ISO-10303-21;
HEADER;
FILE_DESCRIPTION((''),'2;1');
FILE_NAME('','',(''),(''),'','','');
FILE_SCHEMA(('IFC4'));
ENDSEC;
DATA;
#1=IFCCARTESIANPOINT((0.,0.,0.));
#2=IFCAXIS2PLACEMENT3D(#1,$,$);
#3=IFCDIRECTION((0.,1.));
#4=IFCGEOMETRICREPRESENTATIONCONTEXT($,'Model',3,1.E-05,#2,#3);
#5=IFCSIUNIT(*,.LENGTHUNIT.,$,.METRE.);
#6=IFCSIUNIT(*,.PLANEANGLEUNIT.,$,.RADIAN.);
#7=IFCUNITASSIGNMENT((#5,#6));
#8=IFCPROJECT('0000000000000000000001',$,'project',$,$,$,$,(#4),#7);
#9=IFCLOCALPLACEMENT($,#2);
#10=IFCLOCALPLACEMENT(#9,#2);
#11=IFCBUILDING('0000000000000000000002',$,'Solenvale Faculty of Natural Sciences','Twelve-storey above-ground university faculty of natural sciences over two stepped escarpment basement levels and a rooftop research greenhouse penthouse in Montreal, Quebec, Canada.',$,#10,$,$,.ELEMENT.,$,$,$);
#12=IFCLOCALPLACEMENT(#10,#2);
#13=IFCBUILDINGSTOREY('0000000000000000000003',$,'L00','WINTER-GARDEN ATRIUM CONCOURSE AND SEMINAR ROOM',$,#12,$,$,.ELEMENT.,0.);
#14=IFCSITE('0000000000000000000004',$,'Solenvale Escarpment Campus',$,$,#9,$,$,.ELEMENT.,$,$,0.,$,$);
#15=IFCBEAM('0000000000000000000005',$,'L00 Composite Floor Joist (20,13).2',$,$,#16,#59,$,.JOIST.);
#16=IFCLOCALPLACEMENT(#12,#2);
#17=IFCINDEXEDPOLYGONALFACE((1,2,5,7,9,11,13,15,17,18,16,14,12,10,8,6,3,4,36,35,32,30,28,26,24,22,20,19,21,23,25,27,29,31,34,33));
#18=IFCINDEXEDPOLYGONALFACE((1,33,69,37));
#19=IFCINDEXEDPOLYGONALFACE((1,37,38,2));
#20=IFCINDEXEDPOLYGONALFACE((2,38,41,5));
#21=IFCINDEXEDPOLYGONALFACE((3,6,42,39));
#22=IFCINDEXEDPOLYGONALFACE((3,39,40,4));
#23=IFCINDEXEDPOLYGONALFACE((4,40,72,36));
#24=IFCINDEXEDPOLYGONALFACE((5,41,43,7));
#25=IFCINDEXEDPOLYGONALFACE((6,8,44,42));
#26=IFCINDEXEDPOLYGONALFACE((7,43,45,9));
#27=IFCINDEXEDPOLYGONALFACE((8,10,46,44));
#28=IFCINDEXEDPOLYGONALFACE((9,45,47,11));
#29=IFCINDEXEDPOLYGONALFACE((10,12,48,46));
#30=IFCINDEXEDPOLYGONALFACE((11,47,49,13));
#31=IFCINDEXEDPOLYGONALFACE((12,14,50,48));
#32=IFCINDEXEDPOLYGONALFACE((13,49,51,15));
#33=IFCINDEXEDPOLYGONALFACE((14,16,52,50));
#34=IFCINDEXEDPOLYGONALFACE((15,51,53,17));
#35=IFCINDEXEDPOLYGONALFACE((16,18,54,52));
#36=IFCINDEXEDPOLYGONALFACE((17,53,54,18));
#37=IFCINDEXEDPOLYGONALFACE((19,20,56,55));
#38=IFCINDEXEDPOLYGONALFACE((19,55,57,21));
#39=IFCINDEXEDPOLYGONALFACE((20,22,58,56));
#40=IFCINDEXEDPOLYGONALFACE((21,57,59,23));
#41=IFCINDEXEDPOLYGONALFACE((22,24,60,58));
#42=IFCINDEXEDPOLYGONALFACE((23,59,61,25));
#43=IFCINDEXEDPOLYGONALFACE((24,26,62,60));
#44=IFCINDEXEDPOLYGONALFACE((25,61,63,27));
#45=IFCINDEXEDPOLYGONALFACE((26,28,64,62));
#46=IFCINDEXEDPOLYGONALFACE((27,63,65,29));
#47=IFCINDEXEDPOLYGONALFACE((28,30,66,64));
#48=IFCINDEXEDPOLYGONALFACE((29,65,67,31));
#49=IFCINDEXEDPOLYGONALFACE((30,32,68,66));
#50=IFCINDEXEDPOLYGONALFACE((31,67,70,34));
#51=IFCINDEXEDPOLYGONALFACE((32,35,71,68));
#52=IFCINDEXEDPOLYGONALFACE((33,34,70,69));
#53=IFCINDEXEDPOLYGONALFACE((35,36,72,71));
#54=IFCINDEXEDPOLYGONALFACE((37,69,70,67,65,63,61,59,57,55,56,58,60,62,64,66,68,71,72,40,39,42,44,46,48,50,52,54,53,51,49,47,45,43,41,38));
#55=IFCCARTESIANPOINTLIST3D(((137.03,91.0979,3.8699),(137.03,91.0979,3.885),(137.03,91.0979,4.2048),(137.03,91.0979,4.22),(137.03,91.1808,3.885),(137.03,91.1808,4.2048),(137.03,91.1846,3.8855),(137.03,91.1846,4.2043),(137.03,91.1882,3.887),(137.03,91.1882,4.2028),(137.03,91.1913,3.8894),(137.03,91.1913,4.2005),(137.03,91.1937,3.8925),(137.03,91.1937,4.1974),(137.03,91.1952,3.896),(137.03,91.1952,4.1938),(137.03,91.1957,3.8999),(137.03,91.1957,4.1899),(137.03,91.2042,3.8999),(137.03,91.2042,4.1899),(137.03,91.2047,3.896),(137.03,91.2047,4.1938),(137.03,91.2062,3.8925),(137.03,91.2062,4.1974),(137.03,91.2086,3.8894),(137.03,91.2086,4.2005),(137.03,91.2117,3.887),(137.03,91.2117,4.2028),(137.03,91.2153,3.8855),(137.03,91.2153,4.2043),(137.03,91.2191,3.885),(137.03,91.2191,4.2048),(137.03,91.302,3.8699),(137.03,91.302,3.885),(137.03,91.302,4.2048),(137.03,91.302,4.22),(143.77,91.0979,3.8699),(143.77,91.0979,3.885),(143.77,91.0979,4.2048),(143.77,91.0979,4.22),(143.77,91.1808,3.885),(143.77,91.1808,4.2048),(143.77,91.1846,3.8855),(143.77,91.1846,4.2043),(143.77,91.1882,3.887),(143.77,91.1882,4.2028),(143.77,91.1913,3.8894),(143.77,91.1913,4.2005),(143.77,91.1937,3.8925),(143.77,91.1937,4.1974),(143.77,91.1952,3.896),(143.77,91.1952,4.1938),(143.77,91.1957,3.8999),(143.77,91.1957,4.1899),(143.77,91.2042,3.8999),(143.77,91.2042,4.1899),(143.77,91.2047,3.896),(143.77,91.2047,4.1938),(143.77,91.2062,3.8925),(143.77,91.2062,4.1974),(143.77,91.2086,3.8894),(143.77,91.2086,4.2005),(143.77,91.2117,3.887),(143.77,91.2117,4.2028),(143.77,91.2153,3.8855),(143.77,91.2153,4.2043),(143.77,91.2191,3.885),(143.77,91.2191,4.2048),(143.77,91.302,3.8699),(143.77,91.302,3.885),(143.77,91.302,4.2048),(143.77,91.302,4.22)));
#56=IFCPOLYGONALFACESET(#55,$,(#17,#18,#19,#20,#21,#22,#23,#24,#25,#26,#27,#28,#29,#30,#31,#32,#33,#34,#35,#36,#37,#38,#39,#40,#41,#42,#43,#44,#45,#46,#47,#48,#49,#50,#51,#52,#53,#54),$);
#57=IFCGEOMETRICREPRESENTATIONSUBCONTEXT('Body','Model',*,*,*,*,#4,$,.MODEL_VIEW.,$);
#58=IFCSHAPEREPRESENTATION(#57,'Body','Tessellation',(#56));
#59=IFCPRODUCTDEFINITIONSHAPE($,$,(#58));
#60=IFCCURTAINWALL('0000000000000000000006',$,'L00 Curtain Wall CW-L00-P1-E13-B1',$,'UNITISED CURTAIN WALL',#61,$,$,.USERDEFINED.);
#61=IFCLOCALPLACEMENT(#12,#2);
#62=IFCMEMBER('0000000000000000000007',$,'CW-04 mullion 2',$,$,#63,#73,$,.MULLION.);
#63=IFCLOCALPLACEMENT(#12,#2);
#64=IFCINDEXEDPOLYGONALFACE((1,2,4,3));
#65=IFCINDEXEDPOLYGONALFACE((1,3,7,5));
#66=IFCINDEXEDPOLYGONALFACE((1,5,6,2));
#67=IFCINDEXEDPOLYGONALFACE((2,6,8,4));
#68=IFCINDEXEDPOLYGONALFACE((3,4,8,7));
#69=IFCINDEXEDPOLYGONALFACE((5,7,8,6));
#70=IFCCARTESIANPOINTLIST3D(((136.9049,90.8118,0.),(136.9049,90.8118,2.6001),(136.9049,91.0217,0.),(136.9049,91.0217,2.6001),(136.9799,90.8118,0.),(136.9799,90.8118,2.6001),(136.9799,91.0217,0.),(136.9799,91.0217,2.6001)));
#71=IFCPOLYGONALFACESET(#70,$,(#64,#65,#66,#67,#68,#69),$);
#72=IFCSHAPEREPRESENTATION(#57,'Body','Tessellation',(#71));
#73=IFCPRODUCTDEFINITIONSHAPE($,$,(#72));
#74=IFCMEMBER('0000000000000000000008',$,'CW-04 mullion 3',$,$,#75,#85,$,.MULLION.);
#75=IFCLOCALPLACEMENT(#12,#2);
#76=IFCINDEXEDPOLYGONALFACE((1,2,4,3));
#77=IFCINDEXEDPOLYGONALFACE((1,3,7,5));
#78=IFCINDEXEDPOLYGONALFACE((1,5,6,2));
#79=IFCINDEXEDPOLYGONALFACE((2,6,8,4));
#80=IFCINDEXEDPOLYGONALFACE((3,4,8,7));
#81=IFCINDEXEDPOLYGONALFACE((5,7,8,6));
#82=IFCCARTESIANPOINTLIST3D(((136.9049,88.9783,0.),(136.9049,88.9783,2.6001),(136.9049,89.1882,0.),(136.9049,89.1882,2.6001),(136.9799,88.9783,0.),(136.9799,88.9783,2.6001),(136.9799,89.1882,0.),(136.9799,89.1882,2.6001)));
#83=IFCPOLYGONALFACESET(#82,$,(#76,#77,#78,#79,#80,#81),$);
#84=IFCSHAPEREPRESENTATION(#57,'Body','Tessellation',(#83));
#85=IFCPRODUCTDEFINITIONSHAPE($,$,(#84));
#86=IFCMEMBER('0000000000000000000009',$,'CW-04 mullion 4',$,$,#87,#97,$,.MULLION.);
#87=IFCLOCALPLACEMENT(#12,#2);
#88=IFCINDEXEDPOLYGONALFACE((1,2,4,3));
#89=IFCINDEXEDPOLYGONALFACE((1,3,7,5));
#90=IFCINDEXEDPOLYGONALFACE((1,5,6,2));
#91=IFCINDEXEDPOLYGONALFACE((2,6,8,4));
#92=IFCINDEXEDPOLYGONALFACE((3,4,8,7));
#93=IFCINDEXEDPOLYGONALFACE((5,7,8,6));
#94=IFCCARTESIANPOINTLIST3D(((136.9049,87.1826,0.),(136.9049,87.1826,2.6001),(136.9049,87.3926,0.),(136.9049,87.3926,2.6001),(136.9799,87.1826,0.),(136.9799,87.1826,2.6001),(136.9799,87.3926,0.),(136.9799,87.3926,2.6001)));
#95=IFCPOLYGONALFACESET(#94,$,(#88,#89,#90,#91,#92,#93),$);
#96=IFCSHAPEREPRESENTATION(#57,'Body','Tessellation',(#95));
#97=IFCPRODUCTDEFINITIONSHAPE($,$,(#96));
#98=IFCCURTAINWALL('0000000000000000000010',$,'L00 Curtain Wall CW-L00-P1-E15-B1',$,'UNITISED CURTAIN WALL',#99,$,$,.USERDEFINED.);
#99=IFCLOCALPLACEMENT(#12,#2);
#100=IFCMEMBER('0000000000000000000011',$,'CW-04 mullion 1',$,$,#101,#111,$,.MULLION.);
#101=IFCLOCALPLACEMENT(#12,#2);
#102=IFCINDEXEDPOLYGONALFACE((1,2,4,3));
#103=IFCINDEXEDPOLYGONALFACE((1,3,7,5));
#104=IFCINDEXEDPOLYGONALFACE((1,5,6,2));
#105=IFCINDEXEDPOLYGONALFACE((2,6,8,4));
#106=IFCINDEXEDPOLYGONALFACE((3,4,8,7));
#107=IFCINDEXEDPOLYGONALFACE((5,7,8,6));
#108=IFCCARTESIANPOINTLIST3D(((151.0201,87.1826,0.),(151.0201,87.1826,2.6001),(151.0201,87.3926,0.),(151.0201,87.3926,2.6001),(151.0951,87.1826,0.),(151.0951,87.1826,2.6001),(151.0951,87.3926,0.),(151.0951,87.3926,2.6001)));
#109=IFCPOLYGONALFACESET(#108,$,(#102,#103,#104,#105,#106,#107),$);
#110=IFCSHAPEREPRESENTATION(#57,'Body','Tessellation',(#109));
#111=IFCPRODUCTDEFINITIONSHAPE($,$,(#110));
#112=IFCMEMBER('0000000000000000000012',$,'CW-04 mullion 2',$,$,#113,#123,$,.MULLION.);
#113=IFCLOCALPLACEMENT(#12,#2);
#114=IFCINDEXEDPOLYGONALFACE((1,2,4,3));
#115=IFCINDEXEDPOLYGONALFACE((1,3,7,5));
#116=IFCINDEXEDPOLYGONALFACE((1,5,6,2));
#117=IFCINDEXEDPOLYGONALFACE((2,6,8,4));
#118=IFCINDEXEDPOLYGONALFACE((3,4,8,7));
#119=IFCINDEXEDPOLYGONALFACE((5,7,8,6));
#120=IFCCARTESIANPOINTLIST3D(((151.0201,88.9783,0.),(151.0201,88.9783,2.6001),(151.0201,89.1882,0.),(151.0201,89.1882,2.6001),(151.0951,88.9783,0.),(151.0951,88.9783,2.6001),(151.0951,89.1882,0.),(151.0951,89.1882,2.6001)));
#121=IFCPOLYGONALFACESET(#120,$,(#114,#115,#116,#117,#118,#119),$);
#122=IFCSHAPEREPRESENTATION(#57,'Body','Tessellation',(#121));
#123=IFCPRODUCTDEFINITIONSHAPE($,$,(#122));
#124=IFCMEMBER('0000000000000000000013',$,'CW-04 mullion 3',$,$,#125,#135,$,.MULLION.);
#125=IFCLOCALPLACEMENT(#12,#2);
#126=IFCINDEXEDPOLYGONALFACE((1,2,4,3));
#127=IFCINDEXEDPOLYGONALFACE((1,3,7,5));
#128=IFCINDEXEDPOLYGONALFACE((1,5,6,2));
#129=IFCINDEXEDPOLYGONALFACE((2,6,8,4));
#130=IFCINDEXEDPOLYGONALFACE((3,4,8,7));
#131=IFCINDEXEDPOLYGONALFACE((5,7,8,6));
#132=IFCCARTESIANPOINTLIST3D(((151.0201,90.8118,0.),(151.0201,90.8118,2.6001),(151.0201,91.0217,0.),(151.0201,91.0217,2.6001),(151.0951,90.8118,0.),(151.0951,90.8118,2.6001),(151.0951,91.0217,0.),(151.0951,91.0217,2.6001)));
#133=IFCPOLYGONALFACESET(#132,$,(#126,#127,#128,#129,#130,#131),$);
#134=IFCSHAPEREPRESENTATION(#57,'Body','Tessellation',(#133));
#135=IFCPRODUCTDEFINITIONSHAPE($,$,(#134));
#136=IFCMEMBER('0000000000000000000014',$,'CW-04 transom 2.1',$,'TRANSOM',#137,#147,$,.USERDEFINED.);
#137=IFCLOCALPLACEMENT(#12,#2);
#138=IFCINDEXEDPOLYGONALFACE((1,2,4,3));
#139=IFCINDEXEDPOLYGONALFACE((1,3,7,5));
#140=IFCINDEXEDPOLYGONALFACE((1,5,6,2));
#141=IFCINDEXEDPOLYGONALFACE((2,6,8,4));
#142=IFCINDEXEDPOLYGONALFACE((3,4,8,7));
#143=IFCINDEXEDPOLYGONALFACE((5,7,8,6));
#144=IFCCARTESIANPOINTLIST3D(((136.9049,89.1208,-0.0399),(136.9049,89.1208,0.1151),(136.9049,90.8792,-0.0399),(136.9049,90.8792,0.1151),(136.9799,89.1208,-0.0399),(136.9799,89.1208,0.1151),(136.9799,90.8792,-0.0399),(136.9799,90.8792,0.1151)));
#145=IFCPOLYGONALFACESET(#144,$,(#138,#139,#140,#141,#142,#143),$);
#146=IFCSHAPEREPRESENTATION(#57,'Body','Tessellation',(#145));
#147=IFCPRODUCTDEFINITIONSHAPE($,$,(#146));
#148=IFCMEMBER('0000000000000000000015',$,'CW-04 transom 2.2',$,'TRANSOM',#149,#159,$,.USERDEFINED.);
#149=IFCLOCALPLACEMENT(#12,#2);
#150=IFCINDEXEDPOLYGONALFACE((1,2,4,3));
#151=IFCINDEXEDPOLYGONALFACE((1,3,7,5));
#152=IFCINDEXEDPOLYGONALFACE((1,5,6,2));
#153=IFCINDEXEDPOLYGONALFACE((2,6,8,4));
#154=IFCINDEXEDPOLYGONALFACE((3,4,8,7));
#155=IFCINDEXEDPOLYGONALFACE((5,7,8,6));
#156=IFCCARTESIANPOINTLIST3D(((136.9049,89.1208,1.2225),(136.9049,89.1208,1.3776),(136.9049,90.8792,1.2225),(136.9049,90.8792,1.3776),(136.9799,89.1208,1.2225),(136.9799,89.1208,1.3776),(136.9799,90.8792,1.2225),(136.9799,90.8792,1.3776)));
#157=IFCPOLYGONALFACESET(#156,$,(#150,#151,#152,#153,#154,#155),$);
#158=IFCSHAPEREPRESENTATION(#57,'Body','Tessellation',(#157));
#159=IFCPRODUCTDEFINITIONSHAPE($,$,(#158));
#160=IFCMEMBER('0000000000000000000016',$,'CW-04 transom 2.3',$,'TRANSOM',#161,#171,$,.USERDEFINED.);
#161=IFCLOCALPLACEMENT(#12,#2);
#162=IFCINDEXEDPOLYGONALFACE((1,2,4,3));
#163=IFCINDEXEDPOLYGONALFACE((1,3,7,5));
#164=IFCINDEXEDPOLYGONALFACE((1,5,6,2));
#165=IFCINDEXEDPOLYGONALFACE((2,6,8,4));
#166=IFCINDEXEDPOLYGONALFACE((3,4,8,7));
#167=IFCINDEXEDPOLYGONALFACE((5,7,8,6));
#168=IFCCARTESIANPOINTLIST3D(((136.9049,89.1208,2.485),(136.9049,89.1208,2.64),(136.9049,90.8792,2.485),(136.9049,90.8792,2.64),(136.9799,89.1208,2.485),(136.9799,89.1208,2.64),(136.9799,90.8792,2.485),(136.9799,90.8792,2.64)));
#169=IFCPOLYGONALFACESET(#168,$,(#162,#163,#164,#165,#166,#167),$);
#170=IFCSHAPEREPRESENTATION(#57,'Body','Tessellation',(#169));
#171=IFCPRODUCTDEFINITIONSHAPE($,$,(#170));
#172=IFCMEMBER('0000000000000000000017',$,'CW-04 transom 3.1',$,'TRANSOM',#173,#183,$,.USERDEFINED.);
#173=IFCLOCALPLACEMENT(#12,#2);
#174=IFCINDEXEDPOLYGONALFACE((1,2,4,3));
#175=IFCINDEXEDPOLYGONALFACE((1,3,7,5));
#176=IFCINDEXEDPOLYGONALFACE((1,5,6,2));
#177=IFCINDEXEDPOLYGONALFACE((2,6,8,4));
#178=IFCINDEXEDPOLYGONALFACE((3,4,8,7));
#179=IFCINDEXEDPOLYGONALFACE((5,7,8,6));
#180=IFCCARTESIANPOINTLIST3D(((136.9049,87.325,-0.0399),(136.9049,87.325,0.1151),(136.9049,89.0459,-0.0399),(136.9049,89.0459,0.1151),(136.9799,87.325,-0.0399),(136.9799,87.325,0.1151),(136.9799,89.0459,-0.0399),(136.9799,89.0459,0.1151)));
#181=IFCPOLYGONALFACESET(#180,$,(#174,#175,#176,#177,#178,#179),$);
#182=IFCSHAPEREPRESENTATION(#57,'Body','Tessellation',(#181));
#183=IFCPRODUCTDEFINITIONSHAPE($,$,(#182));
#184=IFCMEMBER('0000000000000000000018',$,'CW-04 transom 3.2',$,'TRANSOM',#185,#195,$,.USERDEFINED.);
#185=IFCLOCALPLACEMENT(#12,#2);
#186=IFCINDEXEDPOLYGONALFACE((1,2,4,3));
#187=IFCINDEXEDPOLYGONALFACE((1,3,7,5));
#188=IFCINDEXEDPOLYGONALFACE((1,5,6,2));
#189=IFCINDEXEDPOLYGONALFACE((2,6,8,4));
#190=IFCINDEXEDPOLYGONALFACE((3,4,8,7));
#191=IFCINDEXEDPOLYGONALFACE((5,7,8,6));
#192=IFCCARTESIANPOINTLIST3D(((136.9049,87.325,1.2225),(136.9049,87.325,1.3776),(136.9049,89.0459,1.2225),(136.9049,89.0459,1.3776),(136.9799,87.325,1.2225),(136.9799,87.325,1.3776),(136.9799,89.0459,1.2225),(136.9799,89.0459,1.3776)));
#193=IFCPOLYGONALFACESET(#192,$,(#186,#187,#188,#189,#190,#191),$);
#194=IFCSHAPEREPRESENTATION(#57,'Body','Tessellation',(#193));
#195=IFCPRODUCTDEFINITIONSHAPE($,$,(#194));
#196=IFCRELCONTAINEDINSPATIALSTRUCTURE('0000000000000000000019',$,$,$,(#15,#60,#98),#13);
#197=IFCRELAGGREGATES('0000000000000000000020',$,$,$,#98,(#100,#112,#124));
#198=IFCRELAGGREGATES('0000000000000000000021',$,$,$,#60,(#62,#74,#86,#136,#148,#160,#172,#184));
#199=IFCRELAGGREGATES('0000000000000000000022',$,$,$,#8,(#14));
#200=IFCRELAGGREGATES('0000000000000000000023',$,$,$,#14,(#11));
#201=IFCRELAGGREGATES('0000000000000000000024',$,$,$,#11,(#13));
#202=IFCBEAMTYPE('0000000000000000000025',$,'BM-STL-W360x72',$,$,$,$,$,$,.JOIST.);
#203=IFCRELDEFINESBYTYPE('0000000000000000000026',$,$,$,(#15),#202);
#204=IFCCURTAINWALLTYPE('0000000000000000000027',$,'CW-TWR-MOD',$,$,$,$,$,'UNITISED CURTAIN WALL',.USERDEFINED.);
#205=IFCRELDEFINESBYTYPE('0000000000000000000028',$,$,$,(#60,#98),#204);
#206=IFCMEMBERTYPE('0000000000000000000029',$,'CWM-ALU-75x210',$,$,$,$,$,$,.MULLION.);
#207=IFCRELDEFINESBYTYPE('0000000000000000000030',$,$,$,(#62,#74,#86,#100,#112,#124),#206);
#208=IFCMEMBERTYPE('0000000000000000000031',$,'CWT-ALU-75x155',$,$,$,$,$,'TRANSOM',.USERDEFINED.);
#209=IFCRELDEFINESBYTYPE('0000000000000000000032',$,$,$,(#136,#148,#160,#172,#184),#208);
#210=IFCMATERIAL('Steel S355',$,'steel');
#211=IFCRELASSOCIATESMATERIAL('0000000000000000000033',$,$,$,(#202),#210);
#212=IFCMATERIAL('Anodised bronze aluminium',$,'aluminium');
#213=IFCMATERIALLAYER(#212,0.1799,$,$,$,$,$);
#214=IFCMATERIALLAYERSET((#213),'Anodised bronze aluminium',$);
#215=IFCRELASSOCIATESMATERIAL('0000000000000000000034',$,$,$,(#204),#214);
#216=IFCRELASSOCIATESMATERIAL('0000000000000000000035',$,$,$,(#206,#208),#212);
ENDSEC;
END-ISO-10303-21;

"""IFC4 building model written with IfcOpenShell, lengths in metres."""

from ifc_helpers import new_model, si_unit, direction, frame, origin, origin_2d, place, context, subcontext, project, spatial, rectangle, i_section, extrude, material, layer, layer_set, material_profile, profile_set, type_object, element, aggregate, save


model = new_model("IFC4")

# Units and contexts
model_context = context("Model", 3, precision=1e-05, world=origin(), true_north=direction((0.0, 1.0)))
body_context = subcontext(model_context, "Body", "Model", "MODEL_VIEW")
ifc_project = project(units=[si_unit("LENGTHUNIT", "METRE"), si_unit("PLANEANGLEUNIT", "RADIAN")], contexts=[model_context])

# Site, building, storey
site_placement = place(None, origin())
site = spatial("IfcSite", under=ifc_project, at=site_placement, Name="Solenvale Escarpment Campus", CompositionType="ELEMENT", RefElevation=0.0)
building_placement = place(site_placement, origin())
building = spatial("IfcBuilding", under=site, at=building_placement, Name="Solenvale Faculty of Natural Sciences", Description="Twelve-storey above-ground university faculty of natural sciences over two stepped escarpment basement levels and a rooftop research greenhouse penthouse in Montreal, Quebec, Canada.", CompositionType="ELEMENT")
storey_placement = place(building_placement, origin())
storey = spatial("IfcBuildingStorey", under=building, at=storey_placement, Name="L00", Description="WINTER-GARDEN ATRIUM CONCOURSE AND SEMINAR ROOM", CompositionType="ELEMENT", Elevation=0.0)

# Beam
ifc_material_1 = material(Name="Steel S355", Category="steel")
ifc_material_profile_1 = material_profile(ifc_material_1, i_section(OverallWidth=0.2041, OverallDepth=0.3501, WebThickness=0.0085, FlangeThickness=0.0151, FilletRadius=0.0149, at=origin_2d()), Name="W360x72")
ifc_profile_set_1 = profile_set([ifc_material_profile_1], Name="Steel S355")
beam_type_1 = type_object("IfcBeamType", Name="BM-STL-W360x72", PredefinedType="JOIST", material=ifc_profile_set_1)
for number, where, z_axis, x_axis, name in (
    (1, (137.03, 91.2, 4.0449), (1.0, 0.0, 0.0), (0.0, 1.0, 0.0), "L00 Composite Floor Joist (20,13).2"),
):
    element("IfcBeam", number, at=place(storey_placement, frame(where, z_axis=z_axis, x_axis=x_axis)), inside=storey, type_object=beam_type_1, Name=name, PredefinedType="JOIST", context=body_context, shape_type="SweptSolid", body=[
        extrude(i_section(OverallWidth=0.2041, OverallDepth=0.3501, WebThickness=0.0085, FlangeThickness=0.0151, FilletRadius=0.0149, at=origin_2d()), origin(), (0.0, 0.0, 1.0), 6.74),
    ])

# Curtain walls, members
ifc_material_2 = material(Name="Anodised bronze aluminium", Category="aluminium")
ifc_layer_1 = layer(ifc_material_2, 0.1799)
ifc_layer_set_1 = layer_set([ifc_layer_1], Name="Anodised bronze aluminium")
curtain_wall_type = type_object("IfcCurtainWallType", Name="CW-TWR-MOD", ElementType="UNITISED CURTAIN WALL", PredefinedType="USERDEFINED", material=ifc_layer_set_1)
curtain_wall_1_placement = place(storey_placement, origin())
curtain_wall_1 = element("IfcCurtainWall", 2, at=curtain_wall_1_placement, inside=storey, type_object=curtain_wall_type, Name="L00 Curtain Wall CW-L00-P1-E13-B1", ObjectType="UNITISED CURTAIN WALL", PredefinedType="USERDEFINED")
ifc_material_profile_2 = material_profile(ifc_material_2, rectangle(XDim=0.075, YDim=0.21, at=origin_2d()), Name="ALU-MUL-75x210")
ifc_profile_set_2 = profile_set([ifc_material_profile_2], Name="Anodised bronze aluminium")
member_type_1 = type_object("IfcMemberType", Name="CWM-ALU-75x210", PredefinedType="MULLION", material=ifc_profile_set_2)
member_1_placement = place(storey_placement, frame((136.9424, 90.9167, 0.0), z_axis=(0.0, 0.0, 1.0), x_axis=(1.0, 0.0, 0.0)))
member_1 = element("IfcMember", 3, at=member_1_placement, type_object=member_type_1, Name="CW-04 mullion 2", PredefinedType="MULLION", context=body_context, shape_type="SweptSolid", body=[
    extrude(rectangle(XDim=0.075, YDim=0.21, at=origin_2d()), origin(), (0.0, 0.0, 1.0), 2.6001),
])
member_2_placement = place(storey_placement, frame((136.9424, 89.0833, 0.0), z_axis=(0.0, 0.0, 1.0), x_axis=(1.0, 0.0, 0.0)))
member_2 = element("IfcMember", 4, at=member_2_placement, type_object=member_type_1, Name="CW-04 mullion 3", PredefinedType="MULLION", context=body_context, shape_type="SweptSolid", body=[
    extrude(rectangle(XDim=0.075, YDim=0.21, at=origin_2d()), origin(), (0.0, 0.0, 1.0), 2.6001),
])
member_3_placement = place(storey_placement, frame((136.9424, 87.2876, 0.0), z_axis=(0.0, 0.0, 1.0), x_axis=(1.0, 0.0, 0.0)))
member_3 = element("IfcMember", 5, at=member_3_placement, type_object=member_type_1, Name="CW-04 mullion 4", PredefinedType="MULLION", context=body_context, shape_type="SweptSolid", body=[
    extrude(rectangle(XDim=0.075, YDim=0.21, at=origin_2d()), origin(), (0.0, 0.0, 1.0), 2.6001),
])
curtain_wall_2_placement = place(storey_placement, origin())
curtain_wall_2 = element("IfcCurtainWall", 6, at=curtain_wall_2_placement, inside=storey, type_object=curtain_wall_type, Name="L00 Curtain Wall CW-L00-P1-E15-B1", ObjectType="UNITISED CURTAIN WALL", PredefinedType="USERDEFINED")
member_4_placement = place(storey_placement, frame((151.0576, 87.2876, 0.0), z_axis=(0.0, 0.0, 1.0), x_axis=(-1.0, 0.0, 0.0)))
member_4 = element("IfcMember", 7, at=member_4_placement, type_object=member_type_1, Name="CW-04 mullion 1", PredefinedType="MULLION", context=body_context, shape_type="SweptSolid", body=[
    extrude(rectangle(XDim=0.075, YDim=0.21, at=origin_2d()), origin(), (0.0, 0.0, 1.0), 2.6001),
])
member_5_placement = place(storey_placement, frame((151.0576, 89.0833, 0.0), z_axis=(0.0, 0.0, 1.0), x_axis=(-1.0, 0.0, 0.0)))
member_5 = element("IfcMember", 8, at=member_5_placement, type_object=member_type_1, Name="CW-04 mullion 2", PredefinedType="MULLION", context=body_context, shape_type="SweptSolid", body=[
    extrude(rectangle(XDim=0.075, YDim=0.21, at=origin_2d()), origin(), (0.0, 0.0, 1.0), 2.6001),
])
member_6_placement = place(storey_placement, frame((151.0576, 90.9167, 0.0), z_axis=(0.0, 0.0, 1.0), x_axis=(-1.0, 0.0, 0.0)))
member_6 = element("IfcMember", 9, at=member_6_placement, type_object=member_type_1, Name="CW-04 mullion 3", PredefinedType="MULLION", context=body_context, shape_type="SweptSolid", body=[
    extrude(rectangle(XDim=0.075, YDim=0.21, at=origin_2d()), origin(), (0.0, 0.0, 1.0), 2.6001),
])

# Members
ifc_material_profile_3 = material_profile(ifc_material_2, rectangle(XDim=0.075, YDim=0.155, at=origin_2d()), Name="ALU-TRN-75x155")
ifc_profile_set_3 = profile_set([ifc_material_profile_3], Name="Anodised bronze aluminium")
member_type_2 = type_object("IfcMemberType", Name="CWT-ALU-75x155", ElementType="TRANSOM", PredefinedType="USERDEFINED", material=ifc_profile_set_3)
member_7_placement = place(storey_placement, frame((136.9424, 90.8792, 0.0376), z_axis=(0.0, -1.0, 0.0), x_axis=(1.0, 0.0, 0.0)))
member_7 = element("IfcMember", 10, at=member_7_placement, type_object=member_type_2, Name="CW-04 transom 2.1", ObjectType="TRANSOM", PredefinedType="USERDEFINED", context=body_context, shape_type="SweptSolid", body=[
    extrude(rectangle(XDim=0.075, YDim=0.155, at=origin_2d()), origin(), (0.0, 0.0, 1.0), 1.7583),
])
member_8_placement = place(storey_placement, frame((136.9424, 90.8792, 1.3), z_axis=(0.0, -1.0, 0.0), x_axis=(1.0, 0.0, 0.0)))
member_8 = element("IfcMember", 11, at=member_8_placement, type_object=member_type_2, Name="CW-04 transom 2.2", ObjectType="TRANSOM", PredefinedType="USERDEFINED", context=body_context, shape_type="SweptSolid", body=[
    extrude(rectangle(XDim=0.075, YDim=0.155, at=origin_2d()), origin(), (0.0, 0.0, 1.0), 1.7583),
])
member_9_placement = place(storey_placement, frame((136.9424, 90.8792, 2.5625), z_axis=(0.0, -1.0, 0.0), x_axis=(1.0, 0.0, 0.0)))
member_9 = element("IfcMember", 12, at=member_9_placement, type_object=member_type_2, Name="CW-04 transom 2.3", ObjectType="TRANSOM", PredefinedType="USERDEFINED", context=body_context, shape_type="SweptSolid", body=[
    extrude(rectangle(XDim=0.075, YDim=0.155, at=origin_2d()), origin(), (0.0, 0.0, 1.0), 1.7583),
])
member_10_placement = place(storey_placement, frame((136.9424, 89.0459, 0.0376), z_axis=(0.0, -1.0, 0.0), x_axis=(1.0, 0.0, 0.0)))
member_10 = element("IfcMember", 13, at=member_10_placement, type_object=member_type_2, Name="CW-04 transom 3.1", ObjectType="TRANSOM", PredefinedType="USERDEFINED", context=body_context, shape_type="SweptSolid", body=[
    extrude(rectangle(XDim=0.075, YDim=0.155, at=origin_2d()), origin(), (0.0, 0.0, 1.0), 1.7209),
])
member_11_placement = place(storey_placement, frame((136.9424, 89.0459, 1.3), z_axis=(0.0, -1.0, 0.0), x_axis=(1.0, 0.0, 0.0)))
member_11 = element("IfcMember", 14, at=member_11_placement, type_object=member_type_2, Name="CW-04 transom 3.2", ObjectType="TRANSOM", PredefinedType="USERDEFINED", context=body_context, shape_type="SweptSolid", body=[
    extrude(rectangle(XDim=0.075, YDim=0.155, at=origin_2d()), origin(), (0.0, 0.0, 1.0), 1.7209),
])

aggregate(curtain_wall_2, [member_4, member_5, member_6])
aggregate(curtain_wall_1, [member_1, member_2, member_3, member_7, member_8, member_9, member_10, member_11])

save(model, "model.ifc")
